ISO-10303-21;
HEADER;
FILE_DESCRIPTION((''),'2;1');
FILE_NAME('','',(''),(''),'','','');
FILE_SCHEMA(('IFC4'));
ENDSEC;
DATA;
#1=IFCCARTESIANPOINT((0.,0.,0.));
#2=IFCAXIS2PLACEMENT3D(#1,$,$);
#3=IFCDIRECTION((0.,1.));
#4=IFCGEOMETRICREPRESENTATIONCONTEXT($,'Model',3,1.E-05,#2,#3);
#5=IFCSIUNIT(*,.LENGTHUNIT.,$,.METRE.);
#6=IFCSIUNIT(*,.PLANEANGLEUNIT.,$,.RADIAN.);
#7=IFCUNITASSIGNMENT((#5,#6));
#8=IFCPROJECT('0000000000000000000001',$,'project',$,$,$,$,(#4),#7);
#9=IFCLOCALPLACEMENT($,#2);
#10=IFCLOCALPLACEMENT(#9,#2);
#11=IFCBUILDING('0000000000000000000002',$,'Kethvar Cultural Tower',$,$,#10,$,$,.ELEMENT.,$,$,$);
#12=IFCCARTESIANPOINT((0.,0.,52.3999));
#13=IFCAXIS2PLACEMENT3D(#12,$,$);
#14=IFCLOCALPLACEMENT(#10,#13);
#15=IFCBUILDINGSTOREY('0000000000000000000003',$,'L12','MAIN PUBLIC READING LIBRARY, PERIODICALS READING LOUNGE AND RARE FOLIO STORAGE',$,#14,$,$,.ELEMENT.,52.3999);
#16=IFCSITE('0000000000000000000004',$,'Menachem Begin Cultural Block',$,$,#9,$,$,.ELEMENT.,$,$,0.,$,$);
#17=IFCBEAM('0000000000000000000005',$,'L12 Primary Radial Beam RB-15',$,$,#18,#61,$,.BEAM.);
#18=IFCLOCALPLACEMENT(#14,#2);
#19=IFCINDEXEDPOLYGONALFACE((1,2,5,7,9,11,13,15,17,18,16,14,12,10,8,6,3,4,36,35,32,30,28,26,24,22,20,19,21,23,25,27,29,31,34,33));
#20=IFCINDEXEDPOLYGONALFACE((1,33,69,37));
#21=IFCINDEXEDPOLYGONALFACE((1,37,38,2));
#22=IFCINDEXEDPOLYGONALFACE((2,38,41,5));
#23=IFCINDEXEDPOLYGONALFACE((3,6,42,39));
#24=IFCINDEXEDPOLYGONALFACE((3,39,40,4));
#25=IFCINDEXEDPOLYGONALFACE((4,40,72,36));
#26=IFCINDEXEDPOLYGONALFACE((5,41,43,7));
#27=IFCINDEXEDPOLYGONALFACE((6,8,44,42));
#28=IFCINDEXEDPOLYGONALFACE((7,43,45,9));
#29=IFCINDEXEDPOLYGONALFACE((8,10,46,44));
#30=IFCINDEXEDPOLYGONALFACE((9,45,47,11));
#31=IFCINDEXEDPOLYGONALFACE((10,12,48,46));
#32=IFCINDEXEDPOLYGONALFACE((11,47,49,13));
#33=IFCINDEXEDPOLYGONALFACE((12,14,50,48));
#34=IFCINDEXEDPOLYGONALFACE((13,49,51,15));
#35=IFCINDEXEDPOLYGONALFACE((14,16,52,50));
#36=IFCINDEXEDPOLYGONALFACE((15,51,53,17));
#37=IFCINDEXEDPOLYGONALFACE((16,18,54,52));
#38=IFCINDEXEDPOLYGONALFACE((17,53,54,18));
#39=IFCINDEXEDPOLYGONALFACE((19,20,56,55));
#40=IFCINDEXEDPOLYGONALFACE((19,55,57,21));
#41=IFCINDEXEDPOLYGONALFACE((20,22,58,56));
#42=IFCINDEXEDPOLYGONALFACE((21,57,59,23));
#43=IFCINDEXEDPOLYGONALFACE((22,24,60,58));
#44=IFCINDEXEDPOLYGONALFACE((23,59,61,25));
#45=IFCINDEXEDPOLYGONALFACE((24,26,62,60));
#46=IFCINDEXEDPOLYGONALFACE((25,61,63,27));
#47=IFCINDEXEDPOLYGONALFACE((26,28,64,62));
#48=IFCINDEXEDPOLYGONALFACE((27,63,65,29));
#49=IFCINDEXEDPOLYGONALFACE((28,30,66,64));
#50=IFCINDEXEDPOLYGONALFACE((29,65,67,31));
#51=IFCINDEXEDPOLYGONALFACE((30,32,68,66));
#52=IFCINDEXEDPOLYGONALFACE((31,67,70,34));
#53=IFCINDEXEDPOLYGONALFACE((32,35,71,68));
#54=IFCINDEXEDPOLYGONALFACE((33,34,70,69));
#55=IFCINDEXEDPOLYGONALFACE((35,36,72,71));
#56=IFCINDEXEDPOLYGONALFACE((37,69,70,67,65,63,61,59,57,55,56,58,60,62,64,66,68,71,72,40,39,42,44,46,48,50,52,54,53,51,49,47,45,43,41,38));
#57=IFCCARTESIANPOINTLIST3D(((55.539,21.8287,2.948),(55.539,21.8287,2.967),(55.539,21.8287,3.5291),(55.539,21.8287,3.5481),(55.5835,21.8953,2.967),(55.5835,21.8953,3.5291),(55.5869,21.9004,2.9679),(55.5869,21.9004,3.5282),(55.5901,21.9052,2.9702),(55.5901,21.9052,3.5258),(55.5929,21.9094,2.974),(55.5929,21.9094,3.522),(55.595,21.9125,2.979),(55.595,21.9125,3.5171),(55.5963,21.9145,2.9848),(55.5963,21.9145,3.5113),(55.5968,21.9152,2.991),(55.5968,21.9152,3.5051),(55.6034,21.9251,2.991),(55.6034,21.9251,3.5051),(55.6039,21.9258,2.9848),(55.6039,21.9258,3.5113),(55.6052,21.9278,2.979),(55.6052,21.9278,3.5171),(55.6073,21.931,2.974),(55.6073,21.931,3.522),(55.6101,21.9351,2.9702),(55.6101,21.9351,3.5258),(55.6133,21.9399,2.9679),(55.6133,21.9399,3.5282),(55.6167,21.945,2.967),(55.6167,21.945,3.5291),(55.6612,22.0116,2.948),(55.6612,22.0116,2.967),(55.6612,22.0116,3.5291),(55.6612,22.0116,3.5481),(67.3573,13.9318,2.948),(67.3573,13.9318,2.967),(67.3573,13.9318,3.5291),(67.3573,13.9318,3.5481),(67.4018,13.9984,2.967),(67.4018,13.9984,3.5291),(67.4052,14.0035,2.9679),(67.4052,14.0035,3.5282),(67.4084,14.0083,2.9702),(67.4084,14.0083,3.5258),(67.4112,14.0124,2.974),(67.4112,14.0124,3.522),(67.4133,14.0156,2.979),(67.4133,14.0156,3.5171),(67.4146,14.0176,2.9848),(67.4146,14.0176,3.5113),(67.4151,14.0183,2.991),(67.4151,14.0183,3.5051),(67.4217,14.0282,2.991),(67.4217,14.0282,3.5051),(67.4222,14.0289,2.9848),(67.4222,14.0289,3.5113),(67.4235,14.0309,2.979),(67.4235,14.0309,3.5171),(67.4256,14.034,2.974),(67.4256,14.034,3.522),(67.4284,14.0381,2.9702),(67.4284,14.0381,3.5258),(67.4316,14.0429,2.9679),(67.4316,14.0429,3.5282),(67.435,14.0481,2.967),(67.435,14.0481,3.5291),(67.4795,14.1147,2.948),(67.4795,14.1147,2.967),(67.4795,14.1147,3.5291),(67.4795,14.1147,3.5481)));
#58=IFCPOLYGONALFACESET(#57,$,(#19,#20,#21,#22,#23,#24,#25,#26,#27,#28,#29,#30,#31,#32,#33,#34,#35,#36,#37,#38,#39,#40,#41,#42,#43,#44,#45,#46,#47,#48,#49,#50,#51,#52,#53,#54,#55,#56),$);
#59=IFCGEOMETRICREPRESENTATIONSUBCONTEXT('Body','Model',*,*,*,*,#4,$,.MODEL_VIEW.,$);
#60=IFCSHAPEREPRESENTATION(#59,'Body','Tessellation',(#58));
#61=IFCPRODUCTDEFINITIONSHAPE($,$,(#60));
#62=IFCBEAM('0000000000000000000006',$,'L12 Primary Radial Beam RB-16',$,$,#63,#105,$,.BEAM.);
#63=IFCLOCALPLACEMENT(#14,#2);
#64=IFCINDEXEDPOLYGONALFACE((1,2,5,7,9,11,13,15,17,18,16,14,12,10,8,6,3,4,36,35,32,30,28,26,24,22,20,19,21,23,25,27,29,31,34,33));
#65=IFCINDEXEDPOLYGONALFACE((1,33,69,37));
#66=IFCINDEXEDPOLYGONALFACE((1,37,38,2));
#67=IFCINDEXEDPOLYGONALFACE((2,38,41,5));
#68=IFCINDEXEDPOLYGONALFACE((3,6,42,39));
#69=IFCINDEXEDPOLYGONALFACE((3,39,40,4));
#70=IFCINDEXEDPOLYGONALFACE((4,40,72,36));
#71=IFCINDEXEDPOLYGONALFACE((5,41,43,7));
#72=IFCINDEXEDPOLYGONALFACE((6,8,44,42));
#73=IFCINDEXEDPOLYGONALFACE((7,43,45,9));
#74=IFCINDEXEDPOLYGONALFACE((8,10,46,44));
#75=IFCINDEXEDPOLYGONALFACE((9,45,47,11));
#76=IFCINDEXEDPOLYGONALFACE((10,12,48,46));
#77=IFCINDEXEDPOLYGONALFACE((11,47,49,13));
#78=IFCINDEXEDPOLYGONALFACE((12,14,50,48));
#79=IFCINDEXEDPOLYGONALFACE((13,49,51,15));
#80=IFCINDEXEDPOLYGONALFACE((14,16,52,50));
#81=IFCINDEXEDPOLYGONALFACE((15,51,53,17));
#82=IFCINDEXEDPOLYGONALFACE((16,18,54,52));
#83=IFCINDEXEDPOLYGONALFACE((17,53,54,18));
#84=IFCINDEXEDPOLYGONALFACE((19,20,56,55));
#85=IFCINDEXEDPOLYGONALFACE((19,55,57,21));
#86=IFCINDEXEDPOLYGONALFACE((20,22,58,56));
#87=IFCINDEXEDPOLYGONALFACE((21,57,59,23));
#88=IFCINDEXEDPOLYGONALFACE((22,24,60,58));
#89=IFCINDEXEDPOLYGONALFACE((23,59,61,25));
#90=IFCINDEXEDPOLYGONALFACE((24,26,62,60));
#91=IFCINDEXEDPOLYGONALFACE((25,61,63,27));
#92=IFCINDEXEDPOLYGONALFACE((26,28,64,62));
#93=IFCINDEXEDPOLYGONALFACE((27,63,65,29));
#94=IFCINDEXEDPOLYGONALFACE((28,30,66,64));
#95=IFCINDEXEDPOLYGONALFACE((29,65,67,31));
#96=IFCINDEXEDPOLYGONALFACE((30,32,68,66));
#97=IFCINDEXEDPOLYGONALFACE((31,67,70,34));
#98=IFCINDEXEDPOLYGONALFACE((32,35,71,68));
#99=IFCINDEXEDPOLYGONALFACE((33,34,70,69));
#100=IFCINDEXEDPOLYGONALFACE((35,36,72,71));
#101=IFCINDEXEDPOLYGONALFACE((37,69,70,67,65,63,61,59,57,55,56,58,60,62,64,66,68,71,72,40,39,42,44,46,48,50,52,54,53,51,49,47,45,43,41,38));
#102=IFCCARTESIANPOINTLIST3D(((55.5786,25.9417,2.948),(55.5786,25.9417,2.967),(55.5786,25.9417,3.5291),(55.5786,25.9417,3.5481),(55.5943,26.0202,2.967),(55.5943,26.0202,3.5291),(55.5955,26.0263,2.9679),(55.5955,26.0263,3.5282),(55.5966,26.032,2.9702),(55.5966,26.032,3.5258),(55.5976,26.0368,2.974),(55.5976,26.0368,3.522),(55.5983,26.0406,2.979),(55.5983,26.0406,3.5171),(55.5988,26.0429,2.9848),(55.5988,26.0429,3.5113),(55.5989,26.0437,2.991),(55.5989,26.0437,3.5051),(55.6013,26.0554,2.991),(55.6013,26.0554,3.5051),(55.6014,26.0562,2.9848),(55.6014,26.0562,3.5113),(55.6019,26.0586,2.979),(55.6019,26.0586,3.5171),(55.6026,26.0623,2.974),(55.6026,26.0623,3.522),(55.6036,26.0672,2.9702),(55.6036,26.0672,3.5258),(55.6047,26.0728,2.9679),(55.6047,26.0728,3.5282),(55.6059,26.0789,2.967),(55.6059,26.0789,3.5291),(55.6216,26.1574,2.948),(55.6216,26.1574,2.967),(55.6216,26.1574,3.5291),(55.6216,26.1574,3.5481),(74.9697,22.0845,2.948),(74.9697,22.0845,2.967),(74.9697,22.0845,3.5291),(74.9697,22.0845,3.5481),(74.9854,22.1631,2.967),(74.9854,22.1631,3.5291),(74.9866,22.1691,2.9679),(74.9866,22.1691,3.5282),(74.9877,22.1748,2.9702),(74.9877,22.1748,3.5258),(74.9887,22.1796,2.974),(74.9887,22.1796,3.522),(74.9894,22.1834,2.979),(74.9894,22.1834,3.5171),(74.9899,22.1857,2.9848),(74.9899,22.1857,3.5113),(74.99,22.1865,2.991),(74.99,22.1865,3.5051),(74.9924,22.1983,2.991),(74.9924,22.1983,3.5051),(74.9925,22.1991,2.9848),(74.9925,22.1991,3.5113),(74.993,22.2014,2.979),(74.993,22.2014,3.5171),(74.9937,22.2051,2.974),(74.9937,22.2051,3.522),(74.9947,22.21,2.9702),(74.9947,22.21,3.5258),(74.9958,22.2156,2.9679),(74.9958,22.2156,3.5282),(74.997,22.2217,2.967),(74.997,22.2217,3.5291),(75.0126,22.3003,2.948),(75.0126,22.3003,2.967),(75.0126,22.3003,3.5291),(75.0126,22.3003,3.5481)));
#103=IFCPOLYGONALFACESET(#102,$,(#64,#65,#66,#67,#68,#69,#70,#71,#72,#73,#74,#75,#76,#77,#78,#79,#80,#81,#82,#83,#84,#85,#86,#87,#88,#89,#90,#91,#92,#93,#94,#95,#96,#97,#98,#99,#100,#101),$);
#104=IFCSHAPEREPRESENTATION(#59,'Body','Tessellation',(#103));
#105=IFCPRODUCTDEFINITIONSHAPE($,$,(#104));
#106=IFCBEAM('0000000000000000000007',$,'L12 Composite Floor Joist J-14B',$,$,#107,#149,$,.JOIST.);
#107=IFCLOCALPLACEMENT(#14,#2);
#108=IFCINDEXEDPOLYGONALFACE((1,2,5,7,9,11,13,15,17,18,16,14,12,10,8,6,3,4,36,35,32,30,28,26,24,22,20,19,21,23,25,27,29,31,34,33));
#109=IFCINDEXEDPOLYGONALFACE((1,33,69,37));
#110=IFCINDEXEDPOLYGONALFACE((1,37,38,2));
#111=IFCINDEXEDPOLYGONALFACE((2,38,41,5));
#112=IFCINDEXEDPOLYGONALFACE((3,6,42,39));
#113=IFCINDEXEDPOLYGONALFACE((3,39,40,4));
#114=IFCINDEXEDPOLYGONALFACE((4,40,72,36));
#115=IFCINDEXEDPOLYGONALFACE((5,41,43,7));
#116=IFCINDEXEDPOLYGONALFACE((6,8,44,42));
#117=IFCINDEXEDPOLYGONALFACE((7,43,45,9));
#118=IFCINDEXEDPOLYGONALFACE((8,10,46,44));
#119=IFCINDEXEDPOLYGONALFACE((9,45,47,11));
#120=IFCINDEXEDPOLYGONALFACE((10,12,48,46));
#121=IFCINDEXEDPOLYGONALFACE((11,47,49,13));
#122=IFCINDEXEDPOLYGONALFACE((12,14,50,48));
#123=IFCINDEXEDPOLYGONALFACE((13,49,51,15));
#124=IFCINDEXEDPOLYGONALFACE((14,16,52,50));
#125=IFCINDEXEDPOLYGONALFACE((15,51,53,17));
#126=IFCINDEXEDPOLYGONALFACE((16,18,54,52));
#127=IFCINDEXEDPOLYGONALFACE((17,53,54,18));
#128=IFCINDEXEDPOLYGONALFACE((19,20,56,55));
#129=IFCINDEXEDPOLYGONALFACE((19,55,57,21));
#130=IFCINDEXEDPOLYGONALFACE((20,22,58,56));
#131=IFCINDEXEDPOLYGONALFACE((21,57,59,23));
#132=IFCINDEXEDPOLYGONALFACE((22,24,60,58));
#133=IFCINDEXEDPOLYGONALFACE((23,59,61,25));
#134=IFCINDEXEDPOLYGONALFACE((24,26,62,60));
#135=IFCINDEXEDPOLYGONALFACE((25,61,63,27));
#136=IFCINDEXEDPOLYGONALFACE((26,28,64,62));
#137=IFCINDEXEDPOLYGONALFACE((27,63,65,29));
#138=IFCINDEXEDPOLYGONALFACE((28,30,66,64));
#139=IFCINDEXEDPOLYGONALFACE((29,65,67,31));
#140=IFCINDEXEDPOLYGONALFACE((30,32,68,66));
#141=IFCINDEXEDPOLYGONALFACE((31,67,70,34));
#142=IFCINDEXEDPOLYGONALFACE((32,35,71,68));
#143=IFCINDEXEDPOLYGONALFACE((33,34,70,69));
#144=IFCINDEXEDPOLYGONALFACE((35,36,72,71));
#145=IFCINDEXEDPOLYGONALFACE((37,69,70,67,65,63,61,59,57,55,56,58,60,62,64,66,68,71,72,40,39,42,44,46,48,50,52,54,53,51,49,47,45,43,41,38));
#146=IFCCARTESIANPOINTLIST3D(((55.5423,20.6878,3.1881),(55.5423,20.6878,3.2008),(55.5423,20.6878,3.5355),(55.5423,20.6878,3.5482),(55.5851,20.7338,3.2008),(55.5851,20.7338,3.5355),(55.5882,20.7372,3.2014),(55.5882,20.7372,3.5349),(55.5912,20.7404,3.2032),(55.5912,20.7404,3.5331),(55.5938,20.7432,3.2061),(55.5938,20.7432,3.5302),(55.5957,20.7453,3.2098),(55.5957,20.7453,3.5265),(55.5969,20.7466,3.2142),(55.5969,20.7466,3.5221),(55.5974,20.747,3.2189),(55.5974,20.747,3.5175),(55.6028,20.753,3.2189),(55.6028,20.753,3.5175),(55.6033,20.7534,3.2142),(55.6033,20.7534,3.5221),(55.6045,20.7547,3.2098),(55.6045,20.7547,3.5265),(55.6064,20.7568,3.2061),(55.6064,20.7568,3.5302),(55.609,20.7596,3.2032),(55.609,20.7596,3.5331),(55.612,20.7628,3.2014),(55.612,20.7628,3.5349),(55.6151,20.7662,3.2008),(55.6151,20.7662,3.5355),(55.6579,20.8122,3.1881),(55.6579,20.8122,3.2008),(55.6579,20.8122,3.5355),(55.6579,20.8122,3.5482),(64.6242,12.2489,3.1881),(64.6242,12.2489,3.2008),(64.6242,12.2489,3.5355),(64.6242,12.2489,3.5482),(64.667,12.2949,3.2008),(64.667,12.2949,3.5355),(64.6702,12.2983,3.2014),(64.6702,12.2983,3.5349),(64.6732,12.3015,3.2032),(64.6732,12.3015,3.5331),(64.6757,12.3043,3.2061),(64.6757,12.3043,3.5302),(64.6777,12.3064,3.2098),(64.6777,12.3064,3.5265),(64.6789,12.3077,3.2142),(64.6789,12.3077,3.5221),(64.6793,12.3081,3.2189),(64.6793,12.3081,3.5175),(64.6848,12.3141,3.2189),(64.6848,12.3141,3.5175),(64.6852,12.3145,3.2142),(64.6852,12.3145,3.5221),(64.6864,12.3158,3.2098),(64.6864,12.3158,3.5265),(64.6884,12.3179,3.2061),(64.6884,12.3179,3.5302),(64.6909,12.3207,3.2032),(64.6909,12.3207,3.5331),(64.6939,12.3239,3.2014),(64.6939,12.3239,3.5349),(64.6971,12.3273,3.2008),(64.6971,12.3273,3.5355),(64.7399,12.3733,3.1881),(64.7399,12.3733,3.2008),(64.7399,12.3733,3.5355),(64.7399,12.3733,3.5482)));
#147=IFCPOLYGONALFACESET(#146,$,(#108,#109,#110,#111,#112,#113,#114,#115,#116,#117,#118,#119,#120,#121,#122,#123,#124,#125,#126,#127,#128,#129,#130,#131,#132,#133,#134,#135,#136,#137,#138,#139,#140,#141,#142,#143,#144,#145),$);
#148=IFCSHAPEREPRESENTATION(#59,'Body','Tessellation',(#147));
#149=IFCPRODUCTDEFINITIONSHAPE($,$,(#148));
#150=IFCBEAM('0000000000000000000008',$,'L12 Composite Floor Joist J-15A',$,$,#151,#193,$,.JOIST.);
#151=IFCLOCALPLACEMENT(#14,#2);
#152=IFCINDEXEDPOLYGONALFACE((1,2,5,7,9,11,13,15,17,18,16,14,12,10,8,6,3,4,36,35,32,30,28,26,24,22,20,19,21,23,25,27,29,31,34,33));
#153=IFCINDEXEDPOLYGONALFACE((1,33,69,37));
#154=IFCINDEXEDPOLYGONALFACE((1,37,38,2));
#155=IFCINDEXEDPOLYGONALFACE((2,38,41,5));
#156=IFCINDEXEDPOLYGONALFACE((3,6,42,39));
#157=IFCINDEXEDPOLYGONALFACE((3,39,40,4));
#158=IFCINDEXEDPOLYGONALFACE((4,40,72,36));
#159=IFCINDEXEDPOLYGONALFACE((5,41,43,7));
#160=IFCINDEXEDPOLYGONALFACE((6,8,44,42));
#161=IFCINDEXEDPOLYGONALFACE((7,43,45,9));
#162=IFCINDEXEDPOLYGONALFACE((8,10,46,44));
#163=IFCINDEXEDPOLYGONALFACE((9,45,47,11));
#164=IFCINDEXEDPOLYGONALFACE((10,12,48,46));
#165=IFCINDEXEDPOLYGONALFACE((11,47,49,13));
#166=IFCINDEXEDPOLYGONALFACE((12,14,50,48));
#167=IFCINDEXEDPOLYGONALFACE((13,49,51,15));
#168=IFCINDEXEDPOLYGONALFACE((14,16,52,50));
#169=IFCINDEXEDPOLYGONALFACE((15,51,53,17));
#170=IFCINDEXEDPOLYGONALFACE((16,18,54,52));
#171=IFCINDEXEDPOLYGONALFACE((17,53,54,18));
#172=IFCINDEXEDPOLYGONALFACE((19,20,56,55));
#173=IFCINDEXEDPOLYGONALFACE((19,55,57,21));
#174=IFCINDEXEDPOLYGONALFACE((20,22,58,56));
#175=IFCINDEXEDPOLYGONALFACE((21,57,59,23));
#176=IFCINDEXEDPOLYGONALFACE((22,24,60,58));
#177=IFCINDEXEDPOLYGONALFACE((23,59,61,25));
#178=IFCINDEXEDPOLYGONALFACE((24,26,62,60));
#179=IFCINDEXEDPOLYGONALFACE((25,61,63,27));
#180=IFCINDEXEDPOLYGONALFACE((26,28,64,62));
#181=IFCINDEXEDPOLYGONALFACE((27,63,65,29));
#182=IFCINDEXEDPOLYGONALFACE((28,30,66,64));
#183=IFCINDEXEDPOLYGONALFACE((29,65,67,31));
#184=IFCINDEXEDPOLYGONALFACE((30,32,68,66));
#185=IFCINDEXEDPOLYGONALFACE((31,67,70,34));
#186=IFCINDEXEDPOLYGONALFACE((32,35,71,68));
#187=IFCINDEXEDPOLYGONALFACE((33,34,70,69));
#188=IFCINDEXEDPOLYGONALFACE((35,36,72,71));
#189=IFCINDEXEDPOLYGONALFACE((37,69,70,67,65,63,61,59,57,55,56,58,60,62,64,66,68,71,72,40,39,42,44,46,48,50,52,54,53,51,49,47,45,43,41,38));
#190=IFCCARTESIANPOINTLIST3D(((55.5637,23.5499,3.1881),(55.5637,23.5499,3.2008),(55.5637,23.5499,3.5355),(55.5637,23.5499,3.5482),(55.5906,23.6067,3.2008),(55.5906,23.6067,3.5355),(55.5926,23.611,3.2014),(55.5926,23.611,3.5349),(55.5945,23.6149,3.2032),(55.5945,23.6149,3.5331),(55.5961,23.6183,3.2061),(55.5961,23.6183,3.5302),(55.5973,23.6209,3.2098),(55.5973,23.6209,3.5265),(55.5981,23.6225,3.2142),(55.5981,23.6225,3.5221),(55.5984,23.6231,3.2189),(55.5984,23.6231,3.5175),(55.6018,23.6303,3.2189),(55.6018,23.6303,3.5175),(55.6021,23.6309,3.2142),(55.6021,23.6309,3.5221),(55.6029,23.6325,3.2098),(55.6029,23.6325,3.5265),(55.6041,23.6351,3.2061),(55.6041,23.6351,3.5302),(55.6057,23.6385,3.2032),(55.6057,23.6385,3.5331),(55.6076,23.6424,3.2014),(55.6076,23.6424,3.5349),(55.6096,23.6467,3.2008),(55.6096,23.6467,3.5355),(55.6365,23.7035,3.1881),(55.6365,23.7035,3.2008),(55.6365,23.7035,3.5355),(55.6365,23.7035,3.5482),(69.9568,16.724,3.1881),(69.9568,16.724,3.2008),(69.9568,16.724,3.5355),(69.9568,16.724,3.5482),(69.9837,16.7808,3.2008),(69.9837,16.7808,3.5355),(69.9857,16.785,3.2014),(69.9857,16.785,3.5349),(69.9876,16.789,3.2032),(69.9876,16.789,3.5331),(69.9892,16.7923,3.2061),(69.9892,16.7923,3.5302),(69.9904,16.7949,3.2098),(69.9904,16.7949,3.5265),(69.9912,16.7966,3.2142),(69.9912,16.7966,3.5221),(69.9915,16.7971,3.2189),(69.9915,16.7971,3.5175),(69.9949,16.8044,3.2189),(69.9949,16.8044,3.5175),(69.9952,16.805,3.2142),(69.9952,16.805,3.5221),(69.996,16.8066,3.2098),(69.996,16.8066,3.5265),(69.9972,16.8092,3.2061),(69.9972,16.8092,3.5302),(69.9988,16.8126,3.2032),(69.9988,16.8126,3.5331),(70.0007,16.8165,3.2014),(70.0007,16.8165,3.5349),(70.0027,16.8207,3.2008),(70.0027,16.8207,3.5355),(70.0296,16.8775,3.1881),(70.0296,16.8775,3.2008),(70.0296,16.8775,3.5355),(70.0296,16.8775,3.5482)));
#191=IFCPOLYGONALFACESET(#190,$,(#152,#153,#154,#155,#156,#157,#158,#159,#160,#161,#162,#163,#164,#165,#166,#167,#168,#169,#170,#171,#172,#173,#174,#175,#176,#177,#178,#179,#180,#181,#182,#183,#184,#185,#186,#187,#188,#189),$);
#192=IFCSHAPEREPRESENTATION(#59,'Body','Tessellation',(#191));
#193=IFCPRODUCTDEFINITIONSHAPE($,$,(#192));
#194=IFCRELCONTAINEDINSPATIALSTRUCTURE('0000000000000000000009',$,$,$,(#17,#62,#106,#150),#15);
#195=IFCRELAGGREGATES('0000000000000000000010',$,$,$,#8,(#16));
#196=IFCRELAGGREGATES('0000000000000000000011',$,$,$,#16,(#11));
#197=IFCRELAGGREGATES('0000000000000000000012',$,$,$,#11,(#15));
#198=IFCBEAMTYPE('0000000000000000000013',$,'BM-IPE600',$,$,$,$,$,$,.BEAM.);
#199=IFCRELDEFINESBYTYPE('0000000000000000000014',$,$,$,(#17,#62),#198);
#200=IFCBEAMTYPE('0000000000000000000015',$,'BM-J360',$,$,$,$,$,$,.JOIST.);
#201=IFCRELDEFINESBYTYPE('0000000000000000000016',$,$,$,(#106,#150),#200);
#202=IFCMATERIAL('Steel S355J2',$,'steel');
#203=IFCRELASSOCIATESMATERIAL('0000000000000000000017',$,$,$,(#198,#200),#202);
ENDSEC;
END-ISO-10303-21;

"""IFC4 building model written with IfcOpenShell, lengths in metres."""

from ifc_helpers import new_model, si_unit, direction, frame, origin, origin_2d, place, context, subcontext, project, spatial, i_section, extrude, source, transform, mapped, material, material_profile, profile_set, type_object, element, save


model = new_model("IFC4")

# Units and contexts
model_context = context("Model", 3, precision=1e-05, world=origin(), true_north=direction((0.0, 1.0)))
body_context = subcontext(model_context, "Body", "Model", "MODEL_VIEW")
ifc_project = project(units=[si_unit("LENGTHUNIT", "METRE"), si_unit("PLANEANGLEUNIT", "RADIAN")], contexts=[model_context])

# Site, building, storey
site_placement = place(None, origin())
site = spatial("IfcSite", under=ifc_project, at=site_placement, Name="Menachem Begin Cultural Block", CompositionType="ELEMENT", RefElevation=0.0)
building_placement = place(site_placement, origin())
building = spatial("IfcBuilding", under=site, at=building_placement, Name="Kethvar Cultural Tower", CompositionType="ELEMENT")
storey_placement = place(building_placement, frame((0.0, 0.0, 52.3999)))
storey = spatial("IfcBuildingStorey", under=building, at=storey_placement, Name="L12", Description="MAIN PUBLIC READING LIBRARY, PERIODICALS READING LOUNGE AND RARE FOLIO STORAGE", CompositionType="ELEMENT", Elevation=52.3999)

# Beams
ifc_material_1 = material(Name="Steel S355J2", Category="steel")
ifc_material_profile_1 = material_profile(ifc_material_1, i_section(OverallWidth=0.22, OverallDepth=0.6001, WebThickness=0.012, FlangeThickness=0.019, FilletRadius=0.0239, at=origin_2d()), Name="Steel S355J2 — IPE600")
ifc_profile_set_1 = profile_set([ifc_material_profile_1], Name="Steel S355J2 — IPE600")
beam_type_1 = type_object("IfcBeamType", Name="BM-IPE600", PredefinedType="BEAM", material=ifc_profile_set_1)
shared_shape_1 = source(origin(), body_context, "Body", "SweptSolid", [
    extrude(i_section(OverallWidth=0.22, OverallDepth=0.6001, WebThickness=0.012, FlangeThickness=0.019, FilletRadius=0.0239, at=origin_2d()), origin(), (0.0, 0.0, 1.0), 14.2139),
])
beam_1_placement = place(storey_placement, frame((55.6001, 21.9202, 3.248), z_axis=(0.831463, -0.55558, 0.0), x_axis=(0.55558, 0.831463, 0.0)))
element("IfcBeam", 1, at=beam_1_placement, inside=storey, type_object=beam_type_1, Name="L12 Primary Radial Beam RB-15", PredefinedType="BEAM", context=body_context, shape_type="MappedRepresentation", body=[
    mapped(shared_shape_1, transform((0.0, 0.0, 0.0), scale=1.0)),
])
shared_shape_2 = source(origin(), body_context, "Body", "SweptSolid", [
    extrude(i_section(OverallWidth=0.22, OverallDepth=0.6001, WebThickness=0.012, FlangeThickness=0.019, FilletRadius=0.0239, at=origin_2d()), origin(), (0.0, 0.0, 1.0), 19.771),
])
beam_2_placement = place(storey_placement, frame((55.6001, 26.0496, 3.248), z_axis=(0.980785, -0.195093, 0.0), x_axis=(0.195093, 0.980785, 0.0)))
element("IfcBeam", 2, at=beam_2_placement, inside=storey, type_object=beam_type_1, Name="L12 Primary Radial Beam RB-16", PredefinedType="BEAM", context=body_context, shape_type="MappedRepresentation", body=[
    mapped(shared_shape_2, transform((0.0, 0.0, 0.0), scale=1.0)),
])
ifc_material_profile_2 = material_profile(ifc_material_1, i_section(OverallWidth=0.1699, OverallDepth=0.3601, WebThickness=0.0081, FlangeThickness=0.0127, FilletRadius=0.0181, at=origin_2d()), Name="Steel S355J2 — IPE360")
ifc_profile_set_2 = profile_set([ifc_material_profile_2], Name="Steel S355J2 — IPE360")
beam_type_2 = type_object("IfcBeamType", Name="BM-J360", PredefinedType="JOIST", material=ifc_profile_set_2)
shared_shape_3 = source(origin(), body_context, "Body", "SweptSolid", [
    extrude(i_section(OverallWidth=0.1699, OverallDepth=0.3601, WebThickness=0.0081, FlangeThickness=0.0127, FilletRadius=0.0181, at=origin_2d()), origin(), (0.0, 0.0, 1.0), 12.3975),
])
beam_3_placement = place(storey_placement, frame((55.6001, 20.75, 3.3682), z_axis=(0.732566, -0.680696, 0.0), x_axis=(0.680696, 0.732566, 0.0)))
element("IfcBeam", 3, at=beam_3_placement, inside=storey, type_object=beam_type_2, Name="L12 Composite Floor Joist J-14B", PredefinedType="JOIST", context=body_context, shape_type="MappedRepresentation", body=[
    mapped(shared_shape_3, transform((0.0, 0.0, 0.0), scale=1.0)),
])
shared_shape_4 = source(origin(), body_context, "Body", "SweptSolid", [
    extrude(i_section(OverallWidth=0.1699, OverallDepth=0.3601, WebThickness=0.0081, FlangeThickness=0.0127, FilletRadius=0.0181, at=origin_2d()), origin(), (0.0, 0.0, 1.0), 15.9297),
])
beam_4_placement = place(storey_placement, frame((55.6001, 23.6267, 3.3682), z_axis=(0.90354, -0.428505, 0.0), x_axis=(0.428505, 0.90354, 0.0)))
element("IfcBeam", 4, at=beam_4_placement, inside=storey, type_object=beam_type_2, Name="L12 Composite Floor Joist J-15A", PredefinedType="JOIST", context=body_context, shape_type="MappedRepresentation", body=[
    mapped(shared_shape_4, transform((0.0, 0.0, 0.0), scale=1.0)),
])

save(model, "model.ifc")
